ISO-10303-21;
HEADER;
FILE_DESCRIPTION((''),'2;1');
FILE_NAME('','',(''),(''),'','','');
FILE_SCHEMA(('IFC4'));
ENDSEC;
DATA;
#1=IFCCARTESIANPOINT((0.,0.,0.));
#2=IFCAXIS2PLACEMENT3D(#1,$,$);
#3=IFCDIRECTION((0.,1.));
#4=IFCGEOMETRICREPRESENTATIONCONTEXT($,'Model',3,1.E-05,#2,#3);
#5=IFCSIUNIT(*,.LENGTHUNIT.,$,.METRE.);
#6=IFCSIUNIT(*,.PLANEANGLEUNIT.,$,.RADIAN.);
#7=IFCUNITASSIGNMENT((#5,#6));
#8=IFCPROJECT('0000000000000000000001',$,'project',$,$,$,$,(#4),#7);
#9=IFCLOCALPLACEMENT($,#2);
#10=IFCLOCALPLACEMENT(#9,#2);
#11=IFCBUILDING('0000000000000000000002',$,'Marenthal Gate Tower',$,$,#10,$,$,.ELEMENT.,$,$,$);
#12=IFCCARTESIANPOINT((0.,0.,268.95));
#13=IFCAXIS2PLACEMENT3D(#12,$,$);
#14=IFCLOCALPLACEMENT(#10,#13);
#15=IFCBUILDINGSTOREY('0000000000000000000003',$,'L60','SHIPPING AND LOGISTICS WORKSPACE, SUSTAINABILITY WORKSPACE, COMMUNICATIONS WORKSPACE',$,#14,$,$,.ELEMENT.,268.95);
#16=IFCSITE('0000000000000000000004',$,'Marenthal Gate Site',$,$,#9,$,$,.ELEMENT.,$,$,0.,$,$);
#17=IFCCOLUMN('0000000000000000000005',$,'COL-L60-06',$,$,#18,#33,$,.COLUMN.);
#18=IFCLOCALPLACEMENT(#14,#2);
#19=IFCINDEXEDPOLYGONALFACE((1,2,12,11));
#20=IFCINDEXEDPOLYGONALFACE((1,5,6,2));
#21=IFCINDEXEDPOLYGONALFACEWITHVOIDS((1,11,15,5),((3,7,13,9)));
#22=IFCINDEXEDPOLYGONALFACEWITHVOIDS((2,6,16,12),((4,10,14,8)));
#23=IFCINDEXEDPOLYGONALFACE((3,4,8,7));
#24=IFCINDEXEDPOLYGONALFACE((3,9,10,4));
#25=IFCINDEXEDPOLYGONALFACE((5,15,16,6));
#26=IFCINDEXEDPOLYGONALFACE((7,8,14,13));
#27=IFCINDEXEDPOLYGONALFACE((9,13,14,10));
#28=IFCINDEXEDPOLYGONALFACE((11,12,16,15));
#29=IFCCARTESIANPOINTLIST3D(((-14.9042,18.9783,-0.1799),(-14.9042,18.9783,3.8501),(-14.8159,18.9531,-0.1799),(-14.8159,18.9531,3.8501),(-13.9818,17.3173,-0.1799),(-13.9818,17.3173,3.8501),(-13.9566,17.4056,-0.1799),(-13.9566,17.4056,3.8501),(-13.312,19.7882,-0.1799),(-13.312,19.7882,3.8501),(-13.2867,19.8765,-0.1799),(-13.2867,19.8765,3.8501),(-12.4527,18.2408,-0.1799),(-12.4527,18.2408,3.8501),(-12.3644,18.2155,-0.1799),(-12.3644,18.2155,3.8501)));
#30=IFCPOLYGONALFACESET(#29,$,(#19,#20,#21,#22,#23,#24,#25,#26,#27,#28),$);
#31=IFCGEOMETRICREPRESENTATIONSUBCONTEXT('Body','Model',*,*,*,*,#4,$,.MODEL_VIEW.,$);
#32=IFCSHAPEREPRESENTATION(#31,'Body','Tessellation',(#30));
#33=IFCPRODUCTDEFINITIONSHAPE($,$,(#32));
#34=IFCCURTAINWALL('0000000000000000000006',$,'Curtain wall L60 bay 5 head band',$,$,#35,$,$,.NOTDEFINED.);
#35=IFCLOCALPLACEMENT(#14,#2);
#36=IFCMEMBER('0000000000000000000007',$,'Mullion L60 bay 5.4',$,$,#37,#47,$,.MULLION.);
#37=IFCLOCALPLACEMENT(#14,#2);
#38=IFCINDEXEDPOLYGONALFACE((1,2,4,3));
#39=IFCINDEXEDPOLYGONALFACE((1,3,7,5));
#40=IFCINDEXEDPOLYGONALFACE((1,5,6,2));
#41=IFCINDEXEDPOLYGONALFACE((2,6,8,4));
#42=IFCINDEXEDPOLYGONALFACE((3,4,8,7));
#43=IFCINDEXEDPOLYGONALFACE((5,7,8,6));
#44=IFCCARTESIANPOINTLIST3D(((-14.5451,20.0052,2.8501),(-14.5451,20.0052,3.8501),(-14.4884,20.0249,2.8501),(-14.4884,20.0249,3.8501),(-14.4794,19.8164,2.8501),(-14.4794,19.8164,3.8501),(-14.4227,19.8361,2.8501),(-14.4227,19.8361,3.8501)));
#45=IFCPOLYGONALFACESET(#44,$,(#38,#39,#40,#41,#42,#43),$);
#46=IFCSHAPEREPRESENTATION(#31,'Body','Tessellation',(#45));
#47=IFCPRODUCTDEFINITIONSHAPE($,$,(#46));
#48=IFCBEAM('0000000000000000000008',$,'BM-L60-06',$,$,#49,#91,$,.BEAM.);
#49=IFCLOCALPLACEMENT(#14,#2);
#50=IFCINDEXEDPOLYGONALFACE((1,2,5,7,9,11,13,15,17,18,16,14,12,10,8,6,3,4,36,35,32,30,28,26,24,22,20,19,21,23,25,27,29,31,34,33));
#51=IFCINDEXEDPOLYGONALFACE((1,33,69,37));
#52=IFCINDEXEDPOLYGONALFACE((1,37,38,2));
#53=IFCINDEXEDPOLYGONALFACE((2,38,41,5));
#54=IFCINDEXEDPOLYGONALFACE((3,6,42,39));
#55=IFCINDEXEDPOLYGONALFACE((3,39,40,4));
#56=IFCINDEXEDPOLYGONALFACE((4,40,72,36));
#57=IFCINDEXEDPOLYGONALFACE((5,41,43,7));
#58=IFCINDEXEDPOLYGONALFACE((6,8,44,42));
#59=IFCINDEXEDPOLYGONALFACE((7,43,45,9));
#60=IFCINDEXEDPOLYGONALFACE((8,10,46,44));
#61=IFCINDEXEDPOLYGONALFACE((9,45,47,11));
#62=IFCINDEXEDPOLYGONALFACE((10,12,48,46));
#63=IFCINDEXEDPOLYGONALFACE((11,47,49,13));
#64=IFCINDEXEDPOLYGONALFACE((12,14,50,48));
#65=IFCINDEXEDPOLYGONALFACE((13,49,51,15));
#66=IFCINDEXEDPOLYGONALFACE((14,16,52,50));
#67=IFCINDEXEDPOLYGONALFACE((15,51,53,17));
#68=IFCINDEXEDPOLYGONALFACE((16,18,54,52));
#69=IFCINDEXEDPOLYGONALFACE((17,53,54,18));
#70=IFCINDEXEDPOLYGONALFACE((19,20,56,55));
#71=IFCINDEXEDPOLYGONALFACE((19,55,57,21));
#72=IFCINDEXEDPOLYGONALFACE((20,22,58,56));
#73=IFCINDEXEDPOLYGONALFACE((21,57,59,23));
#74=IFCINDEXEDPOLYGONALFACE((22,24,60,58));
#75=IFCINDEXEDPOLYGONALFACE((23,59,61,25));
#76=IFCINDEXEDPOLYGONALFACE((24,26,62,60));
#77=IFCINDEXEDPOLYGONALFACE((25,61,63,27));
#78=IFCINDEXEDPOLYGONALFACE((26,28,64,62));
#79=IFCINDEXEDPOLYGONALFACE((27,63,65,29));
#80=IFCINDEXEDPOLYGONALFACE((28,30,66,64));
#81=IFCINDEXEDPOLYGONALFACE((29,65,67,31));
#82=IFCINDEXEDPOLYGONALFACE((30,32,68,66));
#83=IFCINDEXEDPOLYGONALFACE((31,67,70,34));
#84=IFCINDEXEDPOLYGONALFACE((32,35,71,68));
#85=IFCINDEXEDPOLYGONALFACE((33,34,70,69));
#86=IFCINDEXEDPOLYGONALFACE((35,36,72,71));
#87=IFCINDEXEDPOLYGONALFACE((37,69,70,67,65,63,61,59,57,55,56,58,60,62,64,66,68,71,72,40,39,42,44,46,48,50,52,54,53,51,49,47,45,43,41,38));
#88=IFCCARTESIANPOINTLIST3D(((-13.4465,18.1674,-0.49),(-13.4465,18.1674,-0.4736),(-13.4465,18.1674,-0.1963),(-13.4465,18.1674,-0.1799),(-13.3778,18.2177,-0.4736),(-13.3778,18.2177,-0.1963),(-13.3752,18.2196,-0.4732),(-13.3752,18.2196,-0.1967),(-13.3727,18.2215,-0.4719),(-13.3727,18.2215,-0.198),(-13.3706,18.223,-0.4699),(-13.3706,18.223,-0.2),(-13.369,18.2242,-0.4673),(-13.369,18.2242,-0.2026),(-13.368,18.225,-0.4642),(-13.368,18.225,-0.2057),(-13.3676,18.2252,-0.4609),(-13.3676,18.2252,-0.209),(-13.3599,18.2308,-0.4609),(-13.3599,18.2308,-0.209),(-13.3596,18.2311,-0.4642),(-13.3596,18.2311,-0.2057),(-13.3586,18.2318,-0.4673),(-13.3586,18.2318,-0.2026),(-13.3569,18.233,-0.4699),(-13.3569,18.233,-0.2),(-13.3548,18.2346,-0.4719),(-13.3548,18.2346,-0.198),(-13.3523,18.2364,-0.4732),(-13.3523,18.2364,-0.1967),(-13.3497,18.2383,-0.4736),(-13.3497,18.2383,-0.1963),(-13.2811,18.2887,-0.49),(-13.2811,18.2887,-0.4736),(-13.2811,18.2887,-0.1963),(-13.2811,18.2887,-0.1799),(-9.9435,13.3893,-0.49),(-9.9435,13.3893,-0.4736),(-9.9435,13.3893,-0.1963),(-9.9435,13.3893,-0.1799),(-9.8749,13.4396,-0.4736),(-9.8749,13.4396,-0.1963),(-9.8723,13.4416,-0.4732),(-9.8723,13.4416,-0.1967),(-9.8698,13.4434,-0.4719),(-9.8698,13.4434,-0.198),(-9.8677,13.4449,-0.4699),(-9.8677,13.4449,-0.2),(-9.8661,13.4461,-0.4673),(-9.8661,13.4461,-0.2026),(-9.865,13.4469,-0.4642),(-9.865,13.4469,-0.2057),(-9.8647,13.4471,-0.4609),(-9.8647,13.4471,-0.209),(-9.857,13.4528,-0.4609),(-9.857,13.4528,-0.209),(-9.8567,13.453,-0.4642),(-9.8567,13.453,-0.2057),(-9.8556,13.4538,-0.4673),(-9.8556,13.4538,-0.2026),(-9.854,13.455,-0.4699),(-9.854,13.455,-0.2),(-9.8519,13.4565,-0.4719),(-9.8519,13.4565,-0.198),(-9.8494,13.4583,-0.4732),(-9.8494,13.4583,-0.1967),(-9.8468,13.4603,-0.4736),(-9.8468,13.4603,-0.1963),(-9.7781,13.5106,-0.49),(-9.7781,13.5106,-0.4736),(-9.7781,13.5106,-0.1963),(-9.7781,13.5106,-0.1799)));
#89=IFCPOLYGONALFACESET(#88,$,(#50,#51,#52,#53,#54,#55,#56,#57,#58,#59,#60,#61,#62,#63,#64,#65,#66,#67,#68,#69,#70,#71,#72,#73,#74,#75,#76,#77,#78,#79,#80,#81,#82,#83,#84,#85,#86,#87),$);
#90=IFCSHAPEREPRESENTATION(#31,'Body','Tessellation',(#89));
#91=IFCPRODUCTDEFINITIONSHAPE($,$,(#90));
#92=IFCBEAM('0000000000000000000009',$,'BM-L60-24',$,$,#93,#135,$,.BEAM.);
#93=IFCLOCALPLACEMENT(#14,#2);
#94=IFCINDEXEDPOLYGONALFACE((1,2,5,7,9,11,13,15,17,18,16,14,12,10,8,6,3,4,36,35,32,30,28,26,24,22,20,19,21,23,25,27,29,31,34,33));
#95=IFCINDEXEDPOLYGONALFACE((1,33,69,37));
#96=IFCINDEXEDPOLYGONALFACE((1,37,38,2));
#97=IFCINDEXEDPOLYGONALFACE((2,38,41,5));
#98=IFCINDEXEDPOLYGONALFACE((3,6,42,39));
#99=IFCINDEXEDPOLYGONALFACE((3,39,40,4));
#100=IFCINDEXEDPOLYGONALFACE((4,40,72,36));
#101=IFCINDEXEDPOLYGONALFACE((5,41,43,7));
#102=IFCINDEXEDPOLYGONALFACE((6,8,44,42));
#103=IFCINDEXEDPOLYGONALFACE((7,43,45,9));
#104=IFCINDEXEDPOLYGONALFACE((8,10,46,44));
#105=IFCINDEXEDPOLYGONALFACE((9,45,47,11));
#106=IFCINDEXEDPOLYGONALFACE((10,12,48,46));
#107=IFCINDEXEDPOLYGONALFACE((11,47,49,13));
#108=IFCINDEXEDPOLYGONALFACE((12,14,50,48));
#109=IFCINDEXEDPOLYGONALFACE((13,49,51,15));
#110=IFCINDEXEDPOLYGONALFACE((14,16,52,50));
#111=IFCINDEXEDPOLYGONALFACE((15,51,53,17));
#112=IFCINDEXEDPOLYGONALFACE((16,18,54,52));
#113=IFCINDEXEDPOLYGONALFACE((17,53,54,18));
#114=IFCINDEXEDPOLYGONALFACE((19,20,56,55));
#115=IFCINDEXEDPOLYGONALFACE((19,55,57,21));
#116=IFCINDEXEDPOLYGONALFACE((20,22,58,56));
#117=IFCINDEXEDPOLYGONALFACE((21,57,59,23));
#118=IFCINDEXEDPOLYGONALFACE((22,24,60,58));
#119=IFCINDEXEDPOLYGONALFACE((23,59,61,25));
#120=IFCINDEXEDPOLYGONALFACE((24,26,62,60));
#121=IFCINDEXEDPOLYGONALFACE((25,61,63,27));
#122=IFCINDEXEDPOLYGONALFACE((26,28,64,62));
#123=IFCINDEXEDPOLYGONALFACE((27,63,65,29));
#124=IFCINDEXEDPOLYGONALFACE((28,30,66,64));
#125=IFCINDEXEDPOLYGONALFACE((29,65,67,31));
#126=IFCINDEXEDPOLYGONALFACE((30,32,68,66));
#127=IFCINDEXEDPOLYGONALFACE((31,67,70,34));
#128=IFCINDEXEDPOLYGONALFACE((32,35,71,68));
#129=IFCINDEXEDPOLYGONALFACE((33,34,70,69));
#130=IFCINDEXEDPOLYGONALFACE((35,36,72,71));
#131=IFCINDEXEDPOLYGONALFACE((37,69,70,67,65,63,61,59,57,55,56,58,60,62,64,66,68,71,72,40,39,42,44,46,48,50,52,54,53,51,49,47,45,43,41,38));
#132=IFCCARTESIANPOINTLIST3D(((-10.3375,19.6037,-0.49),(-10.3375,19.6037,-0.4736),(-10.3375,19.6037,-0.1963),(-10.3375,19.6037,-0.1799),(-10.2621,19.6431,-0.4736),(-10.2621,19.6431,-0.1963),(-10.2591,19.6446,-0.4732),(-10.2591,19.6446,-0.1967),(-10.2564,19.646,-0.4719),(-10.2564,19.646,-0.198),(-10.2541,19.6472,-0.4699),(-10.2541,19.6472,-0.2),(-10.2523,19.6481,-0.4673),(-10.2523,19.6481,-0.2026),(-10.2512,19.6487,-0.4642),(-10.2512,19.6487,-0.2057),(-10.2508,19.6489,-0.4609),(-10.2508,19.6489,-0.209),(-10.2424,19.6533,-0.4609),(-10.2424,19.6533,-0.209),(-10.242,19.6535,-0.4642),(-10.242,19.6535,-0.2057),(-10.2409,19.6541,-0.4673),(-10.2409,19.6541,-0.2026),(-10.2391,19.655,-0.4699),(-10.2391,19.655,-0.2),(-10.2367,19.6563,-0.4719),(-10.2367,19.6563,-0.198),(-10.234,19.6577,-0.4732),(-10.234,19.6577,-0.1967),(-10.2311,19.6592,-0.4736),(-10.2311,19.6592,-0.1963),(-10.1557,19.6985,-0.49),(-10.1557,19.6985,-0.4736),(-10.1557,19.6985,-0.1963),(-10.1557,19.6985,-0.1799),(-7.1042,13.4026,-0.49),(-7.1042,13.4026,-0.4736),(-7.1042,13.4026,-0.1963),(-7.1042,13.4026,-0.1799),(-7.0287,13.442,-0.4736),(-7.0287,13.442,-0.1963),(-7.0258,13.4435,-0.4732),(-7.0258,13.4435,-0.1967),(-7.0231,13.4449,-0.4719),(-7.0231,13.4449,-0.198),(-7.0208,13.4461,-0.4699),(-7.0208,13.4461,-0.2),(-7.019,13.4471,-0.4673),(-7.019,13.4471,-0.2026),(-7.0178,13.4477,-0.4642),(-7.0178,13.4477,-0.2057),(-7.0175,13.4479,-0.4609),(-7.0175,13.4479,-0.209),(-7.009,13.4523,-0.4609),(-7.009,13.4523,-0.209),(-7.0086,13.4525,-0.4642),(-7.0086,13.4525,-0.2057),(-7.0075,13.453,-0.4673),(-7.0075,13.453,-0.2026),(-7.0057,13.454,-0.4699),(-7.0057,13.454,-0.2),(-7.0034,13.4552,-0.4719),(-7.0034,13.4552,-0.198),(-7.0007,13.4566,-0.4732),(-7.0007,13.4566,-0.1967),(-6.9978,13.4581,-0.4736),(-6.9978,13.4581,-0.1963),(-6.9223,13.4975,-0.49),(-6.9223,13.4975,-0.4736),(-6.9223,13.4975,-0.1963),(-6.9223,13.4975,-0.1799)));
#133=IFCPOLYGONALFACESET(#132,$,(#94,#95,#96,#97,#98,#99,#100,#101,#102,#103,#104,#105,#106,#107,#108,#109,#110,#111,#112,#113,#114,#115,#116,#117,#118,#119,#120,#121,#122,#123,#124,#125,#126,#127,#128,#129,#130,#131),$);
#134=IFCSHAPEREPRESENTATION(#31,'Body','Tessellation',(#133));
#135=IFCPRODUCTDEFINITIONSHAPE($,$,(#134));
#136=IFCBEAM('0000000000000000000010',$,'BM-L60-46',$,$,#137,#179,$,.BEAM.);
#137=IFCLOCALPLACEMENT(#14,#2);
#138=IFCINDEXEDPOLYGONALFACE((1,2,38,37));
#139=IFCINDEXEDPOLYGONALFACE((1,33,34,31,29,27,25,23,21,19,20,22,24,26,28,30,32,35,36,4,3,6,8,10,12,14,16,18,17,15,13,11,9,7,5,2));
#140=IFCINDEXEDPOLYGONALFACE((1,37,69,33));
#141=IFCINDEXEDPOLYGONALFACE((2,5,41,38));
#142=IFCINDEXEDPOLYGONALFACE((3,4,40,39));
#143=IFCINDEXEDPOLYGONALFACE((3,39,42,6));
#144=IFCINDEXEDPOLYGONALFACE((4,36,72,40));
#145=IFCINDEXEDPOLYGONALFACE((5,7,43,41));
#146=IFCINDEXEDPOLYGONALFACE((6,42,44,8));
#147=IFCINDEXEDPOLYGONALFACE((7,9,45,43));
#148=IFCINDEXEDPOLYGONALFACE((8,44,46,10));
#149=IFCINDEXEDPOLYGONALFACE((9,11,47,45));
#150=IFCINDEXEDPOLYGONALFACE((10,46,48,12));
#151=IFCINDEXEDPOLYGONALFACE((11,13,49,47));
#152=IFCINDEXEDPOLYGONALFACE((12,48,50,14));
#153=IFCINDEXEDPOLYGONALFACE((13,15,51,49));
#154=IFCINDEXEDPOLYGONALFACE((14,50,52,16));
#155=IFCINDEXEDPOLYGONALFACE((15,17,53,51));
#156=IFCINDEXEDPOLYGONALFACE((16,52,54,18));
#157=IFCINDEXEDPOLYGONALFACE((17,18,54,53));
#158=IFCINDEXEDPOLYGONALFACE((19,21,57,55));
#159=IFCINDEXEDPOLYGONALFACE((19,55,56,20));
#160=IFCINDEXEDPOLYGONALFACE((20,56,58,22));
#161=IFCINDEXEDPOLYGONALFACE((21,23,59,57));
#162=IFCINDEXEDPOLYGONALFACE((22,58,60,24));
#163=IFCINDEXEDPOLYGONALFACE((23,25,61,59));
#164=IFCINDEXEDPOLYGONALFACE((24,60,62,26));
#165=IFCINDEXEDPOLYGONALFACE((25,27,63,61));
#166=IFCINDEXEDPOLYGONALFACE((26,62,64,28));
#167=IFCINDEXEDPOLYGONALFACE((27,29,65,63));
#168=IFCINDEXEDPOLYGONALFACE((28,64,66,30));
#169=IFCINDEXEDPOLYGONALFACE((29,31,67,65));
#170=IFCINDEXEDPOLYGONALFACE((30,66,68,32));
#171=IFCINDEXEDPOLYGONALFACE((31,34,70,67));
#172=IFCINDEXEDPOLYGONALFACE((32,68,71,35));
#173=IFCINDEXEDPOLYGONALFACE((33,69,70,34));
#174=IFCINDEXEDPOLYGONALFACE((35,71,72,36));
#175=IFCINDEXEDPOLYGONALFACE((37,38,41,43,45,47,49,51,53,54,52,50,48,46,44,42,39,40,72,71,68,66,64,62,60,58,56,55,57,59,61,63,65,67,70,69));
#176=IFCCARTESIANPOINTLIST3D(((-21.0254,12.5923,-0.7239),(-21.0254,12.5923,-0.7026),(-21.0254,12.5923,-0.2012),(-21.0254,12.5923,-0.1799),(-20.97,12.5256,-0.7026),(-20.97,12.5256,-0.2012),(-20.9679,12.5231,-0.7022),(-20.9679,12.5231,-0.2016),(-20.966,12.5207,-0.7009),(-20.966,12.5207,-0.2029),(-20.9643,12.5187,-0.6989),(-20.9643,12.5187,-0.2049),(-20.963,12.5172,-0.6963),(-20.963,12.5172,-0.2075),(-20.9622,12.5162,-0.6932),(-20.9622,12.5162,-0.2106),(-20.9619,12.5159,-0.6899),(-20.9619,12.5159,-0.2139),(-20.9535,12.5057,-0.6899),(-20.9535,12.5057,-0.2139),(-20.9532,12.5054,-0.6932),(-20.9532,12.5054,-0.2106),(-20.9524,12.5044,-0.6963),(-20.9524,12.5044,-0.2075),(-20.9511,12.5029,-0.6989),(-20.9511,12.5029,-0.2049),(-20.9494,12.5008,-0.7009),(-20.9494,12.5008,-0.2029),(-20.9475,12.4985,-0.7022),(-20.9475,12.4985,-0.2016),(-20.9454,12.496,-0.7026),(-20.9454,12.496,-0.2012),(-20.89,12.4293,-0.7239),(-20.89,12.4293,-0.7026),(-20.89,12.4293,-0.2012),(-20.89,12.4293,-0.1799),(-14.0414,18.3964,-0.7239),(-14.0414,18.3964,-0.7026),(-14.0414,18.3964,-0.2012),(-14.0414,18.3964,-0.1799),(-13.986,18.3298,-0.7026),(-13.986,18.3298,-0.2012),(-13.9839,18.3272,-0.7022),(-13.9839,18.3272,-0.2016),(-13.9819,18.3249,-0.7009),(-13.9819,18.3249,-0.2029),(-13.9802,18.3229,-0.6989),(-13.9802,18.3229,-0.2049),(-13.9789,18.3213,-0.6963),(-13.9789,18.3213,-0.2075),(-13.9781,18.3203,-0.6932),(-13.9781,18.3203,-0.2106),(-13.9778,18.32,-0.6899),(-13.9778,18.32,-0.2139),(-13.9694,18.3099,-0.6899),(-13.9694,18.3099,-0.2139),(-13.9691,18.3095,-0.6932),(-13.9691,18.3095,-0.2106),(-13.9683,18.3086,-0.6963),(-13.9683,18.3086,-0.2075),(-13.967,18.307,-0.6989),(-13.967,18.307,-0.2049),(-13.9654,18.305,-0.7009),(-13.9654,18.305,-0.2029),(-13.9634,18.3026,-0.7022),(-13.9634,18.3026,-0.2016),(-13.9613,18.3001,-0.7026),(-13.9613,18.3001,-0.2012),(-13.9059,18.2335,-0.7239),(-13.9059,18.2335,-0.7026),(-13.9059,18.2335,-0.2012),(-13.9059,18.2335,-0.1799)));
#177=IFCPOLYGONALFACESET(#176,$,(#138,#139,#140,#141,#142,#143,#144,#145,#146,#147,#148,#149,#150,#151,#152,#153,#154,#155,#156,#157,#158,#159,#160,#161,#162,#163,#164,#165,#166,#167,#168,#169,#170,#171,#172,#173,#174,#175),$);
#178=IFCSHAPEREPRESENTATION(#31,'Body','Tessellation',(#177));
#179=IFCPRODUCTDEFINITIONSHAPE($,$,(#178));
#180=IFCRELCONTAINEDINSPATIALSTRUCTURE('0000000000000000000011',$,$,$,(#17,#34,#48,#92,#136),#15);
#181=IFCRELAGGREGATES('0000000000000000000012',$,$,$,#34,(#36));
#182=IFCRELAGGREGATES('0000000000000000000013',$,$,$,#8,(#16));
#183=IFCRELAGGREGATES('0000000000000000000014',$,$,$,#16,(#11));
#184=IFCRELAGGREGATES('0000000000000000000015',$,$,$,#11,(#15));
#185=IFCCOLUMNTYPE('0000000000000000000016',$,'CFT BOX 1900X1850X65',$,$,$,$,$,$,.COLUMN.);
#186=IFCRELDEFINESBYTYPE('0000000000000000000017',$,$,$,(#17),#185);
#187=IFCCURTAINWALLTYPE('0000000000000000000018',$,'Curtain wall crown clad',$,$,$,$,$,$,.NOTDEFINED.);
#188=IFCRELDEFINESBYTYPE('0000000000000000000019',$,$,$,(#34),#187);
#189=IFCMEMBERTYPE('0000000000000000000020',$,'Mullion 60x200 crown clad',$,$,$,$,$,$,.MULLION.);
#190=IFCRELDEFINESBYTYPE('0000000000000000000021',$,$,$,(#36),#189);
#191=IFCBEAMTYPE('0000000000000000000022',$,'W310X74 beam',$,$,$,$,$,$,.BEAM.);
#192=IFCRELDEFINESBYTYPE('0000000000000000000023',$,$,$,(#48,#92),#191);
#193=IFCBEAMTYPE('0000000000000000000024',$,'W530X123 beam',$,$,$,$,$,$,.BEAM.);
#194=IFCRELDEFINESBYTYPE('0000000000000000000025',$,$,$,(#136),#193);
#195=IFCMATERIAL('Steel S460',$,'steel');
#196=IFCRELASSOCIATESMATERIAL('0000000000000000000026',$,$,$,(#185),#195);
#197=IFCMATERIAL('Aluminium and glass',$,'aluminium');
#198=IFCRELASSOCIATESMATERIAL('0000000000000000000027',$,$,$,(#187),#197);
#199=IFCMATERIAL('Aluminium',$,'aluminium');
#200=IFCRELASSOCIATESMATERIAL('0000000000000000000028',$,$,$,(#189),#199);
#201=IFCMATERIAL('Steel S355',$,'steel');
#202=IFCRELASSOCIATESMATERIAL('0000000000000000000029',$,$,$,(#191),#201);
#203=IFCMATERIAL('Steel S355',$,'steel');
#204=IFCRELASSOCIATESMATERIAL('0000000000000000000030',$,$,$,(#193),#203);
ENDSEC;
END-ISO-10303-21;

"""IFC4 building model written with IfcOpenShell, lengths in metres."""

from ifc_helpers import new_model, si_unit, direction, frame, origin, origin_2d, place, context, subcontext, project, spatial, rectangle, hollow_rectangle, i_section, extrude, material, material_profile, profile_set, type_object, element, aggregate, save


model = new_model("IFC4")

# Units and contexts
model_context = context("Model", 3, precision=1e-05, world=origin(), true_north=direction((0.0, 1.0)))
body_context = subcontext(model_context, "Body", "Model", "MODEL_VIEW")
ifc_project = project(units=[si_unit("LENGTHUNIT", "METRE"), si_unit("PLANEANGLEUNIT", "RADIAN")], contexts=[model_context])

# Site, building, storey
site_placement = place(None, origin())
site = spatial("IfcSite", under=ifc_project, at=site_placement, Name="Marenthal Gate Site", CompositionType="ELEMENT", RefElevation=0.0)
building_placement = place(site_placement, origin())
building = spatial("IfcBuilding", under=site, at=building_placement, Name="Marenthal Gate Tower", CompositionType="ELEMENT")
storey_placement = place(building_placement, frame((0.0, 0.0, 268.95)))
storey = spatial("IfcBuildingStorey", under=building, at=storey_placement, Name="L60", Description="SHIPPING AND LOGISTICS WORKSPACE, SUSTAINABILITY WORKSPACE, COMMUNICATIONS WORKSPACE", CompositionType="ELEMENT", Elevation=268.95)

# Column
ifc_material_1 = material(Name="Steel S460", Category="steel")
ifc_material_profile_1 = material_profile(ifc_material_1, hollow_rectangle(XDim=1.8501, YDim=1.8999, WallThickness=0.0649, at=origin_2d()), Name="CFT BOX 1900X1850X65")
ifc_material_2 = material(Name="Concrete 70 MPa", Category="concrete")
ifc_material_profile_2 = material_profile(ifc_material_2, rectangle(XDim=1.72, YDim=1.77, at=origin_2d()), Name="CFT BOX 1900X1850X65 INFILL")
ifc_profile_set_1 = profile_set([ifc_material_profile_1, ifc_material_profile_2], Name="Steel S460 shell, Concrete 70 MPa infill")
column_type = type_object("IfcColumnType", Name="CFT BOX 1900X1850X65", PredefinedType="COLUMN", material=ifc_profile_set_1)
column_placement = place(storey_placement, frame((-13.6343, 18.5969, -0.1799), z_axis=(0.0, 0.0, 1.0), x_axis=(0.874251, 0.485475, 0.0)))
element("IfcColumn", 1, at=column_placement, inside=storey, type_object=column_type, Name="COL-L60-06", PredefinedType="COLUMN", context=body_context, shape_type="SweptSolid", body=[
    extrude(hollow_rectangle(XDim=1.8501, YDim=1.8999, WallThickness=0.0649, at=origin_2d()), origin(), (0.0, 0.0, 1.0), 4.03),
])

# Curtain wall, member
ifc_material_3 = material(Name="Aluminium and glass", Category="aluminium")
curtain_wall_type = type_object("IfcCurtainWallType", Name="Curtain wall crown clad", PredefinedType="NOTDEFINED", material=ifc_material_3)
curtain_wall_placement = place(storey_placement, origin())
curtain_wall = element("IfcCurtainWall", 2, at=curtain_wall_placement, inside=storey, type_object=curtain_wall_type, Name="Curtain wall L60 bay 5 head band", PredefinedType="NOTDEFINED")
ifc_material_4 = material(Name="Aluminium", Category="aluminium")
ifc_material_profile_3 = material_profile(ifc_material_4, rectangle(XDim=0.2, YDim=0.0601, at=origin_2d()), Name="60x200 aluminium mullion")
ifc_profile_set_2 = profile_set([ifc_material_profile_3], Name="Aluminium")
member_type = type_object("IfcMemberType", Name="Mullion 60x200 crown clad", PredefinedType="MULLION", material=ifc_profile_set_2)
member_placement = place(storey_placement, frame((-14.4839, 19.9207, 2.8501), z_axis=(0.0, 0.0, 1.0), x_axis=(0.32867, -0.944445, 0.0)))
member = element("IfcMember", 3, at=member_placement, type_object=member_type, Name="Mullion L60 bay 5.4", PredefinedType="MULLION", context=body_context, shape_type="SweptSolid", body=[
    extrude(rectangle(XDim=0.2, YDim=0.0601, at=origin_2d()), origin(), (0.0, 0.0, 1.0), 1.0),
])
aggregate(curtain_wall, [member])

# Beams
ifc_material_5 = material(Name="Steel S355", Category="steel")
ifc_material_profile_4 = material_profile(ifc_material_5, i_section(OverallWidth=0.2051, OverallDepth=0.3101, WebThickness=0.0095, FlangeThickness=0.0164, FilletRadius=0.0127, at=origin_2d()), Name="W310X74")
ifc_profile_set_3 = profile_set([ifc_material_profile_4], Name="Steel S355")
beam_type_1 = type_object("IfcBeamType", Name="W310X74 beam", PredefinedType="BEAM", material=ifc_profile_set_3)
beam_1_placement = place(storey_placement, frame((-13.3638, 18.228, -0.335), z_axis=(0.591255, -0.806485, 0.0), x_axis=(0.806485, 0.591255, 0.0)))
element("IfcBeam", 4, at=beam_1_placement, inside=storey, type_object=beam_type_1, Name="BM-L60-06", PredefinedType="BEAM", context=body_context, shape_type="SweptSolid", body=[
    extrude(i_section(OverallWidth=0.2051, OverallDepth=0.3101, WebThickness=0.0095, FlangeThickness=0.0164, FilletRadius=0.0127, at=origin_2d()), origin(), (0.0, 0.0, 1.0), 5.9246),
])
beam_2_placement = place(storey_placement, frame((-10.2466, 19.6511, -0.335), z_axis=(0.462342, -0.886702, 0.0), x_axis=(0.886702, 0.462342, 0.0)))
element("IfcBeam", 5, at=beam_2_placement, inside=storey, type_object=beam_type_1, Name="BM-L60-24", PredefinedType="BEAM", context=body_context, shape_type="SweptSolid", body=[
    extrude(i_section(OverallWidth=0.2051, OverallDepth=0.3101, WebThickness=0.0095, FlangeThickness=0.0164, FilletRadius=0.0127, at=origin_2d()), origin(), (0.0, 0.0, 1.0), 6.9934),
])
ifc_material_6 = material(Name="Steel S355", Category="steel")
ifc_material_profile_5 = material_profile(ifc_material_6, i_section(OverallWidth=0.2119, OverallDepth=0.5439, WebThickness=0.0132, FlangeThickness=0.0212, FilletRadius=0.0127, at=origin_2d()), Name="W530X123")
ifc_profile_set_4 = profile_set([ifc_material_profile_5], Name="Steel S355")
beam_type_2 = type_object("IfcBeamType", Name="W530X123 beam", PredefinedType="BEAM", material=ifc_profile_set_4)
beam_3_placement = place(storey_placement, frame((-13.9736, 18.3149, -0.4519), z_axis=(-0.769082, -0.63915, 0.0), x_axis=(0.63915, -0.769082, 0.0)))
element("IfcBeam", 6, at=beam_3_placement, inside=storey, type_object=beam_type_2, Name="BM-L60-46", PredefinedType="BEAM", context=body_context, shape_type="SweptSolid", body=[
    extrude(i_section(OverallWidth=0.2119, OverallDepth=0.5439, WebThickness=0.0132, FlangeThickness=0.0212, FilletRadius=0.0127, at=origin_2d()), origin(), (0.0, 0.0, 1.0), 9.0811),
])

save(model, "model.ifc")
